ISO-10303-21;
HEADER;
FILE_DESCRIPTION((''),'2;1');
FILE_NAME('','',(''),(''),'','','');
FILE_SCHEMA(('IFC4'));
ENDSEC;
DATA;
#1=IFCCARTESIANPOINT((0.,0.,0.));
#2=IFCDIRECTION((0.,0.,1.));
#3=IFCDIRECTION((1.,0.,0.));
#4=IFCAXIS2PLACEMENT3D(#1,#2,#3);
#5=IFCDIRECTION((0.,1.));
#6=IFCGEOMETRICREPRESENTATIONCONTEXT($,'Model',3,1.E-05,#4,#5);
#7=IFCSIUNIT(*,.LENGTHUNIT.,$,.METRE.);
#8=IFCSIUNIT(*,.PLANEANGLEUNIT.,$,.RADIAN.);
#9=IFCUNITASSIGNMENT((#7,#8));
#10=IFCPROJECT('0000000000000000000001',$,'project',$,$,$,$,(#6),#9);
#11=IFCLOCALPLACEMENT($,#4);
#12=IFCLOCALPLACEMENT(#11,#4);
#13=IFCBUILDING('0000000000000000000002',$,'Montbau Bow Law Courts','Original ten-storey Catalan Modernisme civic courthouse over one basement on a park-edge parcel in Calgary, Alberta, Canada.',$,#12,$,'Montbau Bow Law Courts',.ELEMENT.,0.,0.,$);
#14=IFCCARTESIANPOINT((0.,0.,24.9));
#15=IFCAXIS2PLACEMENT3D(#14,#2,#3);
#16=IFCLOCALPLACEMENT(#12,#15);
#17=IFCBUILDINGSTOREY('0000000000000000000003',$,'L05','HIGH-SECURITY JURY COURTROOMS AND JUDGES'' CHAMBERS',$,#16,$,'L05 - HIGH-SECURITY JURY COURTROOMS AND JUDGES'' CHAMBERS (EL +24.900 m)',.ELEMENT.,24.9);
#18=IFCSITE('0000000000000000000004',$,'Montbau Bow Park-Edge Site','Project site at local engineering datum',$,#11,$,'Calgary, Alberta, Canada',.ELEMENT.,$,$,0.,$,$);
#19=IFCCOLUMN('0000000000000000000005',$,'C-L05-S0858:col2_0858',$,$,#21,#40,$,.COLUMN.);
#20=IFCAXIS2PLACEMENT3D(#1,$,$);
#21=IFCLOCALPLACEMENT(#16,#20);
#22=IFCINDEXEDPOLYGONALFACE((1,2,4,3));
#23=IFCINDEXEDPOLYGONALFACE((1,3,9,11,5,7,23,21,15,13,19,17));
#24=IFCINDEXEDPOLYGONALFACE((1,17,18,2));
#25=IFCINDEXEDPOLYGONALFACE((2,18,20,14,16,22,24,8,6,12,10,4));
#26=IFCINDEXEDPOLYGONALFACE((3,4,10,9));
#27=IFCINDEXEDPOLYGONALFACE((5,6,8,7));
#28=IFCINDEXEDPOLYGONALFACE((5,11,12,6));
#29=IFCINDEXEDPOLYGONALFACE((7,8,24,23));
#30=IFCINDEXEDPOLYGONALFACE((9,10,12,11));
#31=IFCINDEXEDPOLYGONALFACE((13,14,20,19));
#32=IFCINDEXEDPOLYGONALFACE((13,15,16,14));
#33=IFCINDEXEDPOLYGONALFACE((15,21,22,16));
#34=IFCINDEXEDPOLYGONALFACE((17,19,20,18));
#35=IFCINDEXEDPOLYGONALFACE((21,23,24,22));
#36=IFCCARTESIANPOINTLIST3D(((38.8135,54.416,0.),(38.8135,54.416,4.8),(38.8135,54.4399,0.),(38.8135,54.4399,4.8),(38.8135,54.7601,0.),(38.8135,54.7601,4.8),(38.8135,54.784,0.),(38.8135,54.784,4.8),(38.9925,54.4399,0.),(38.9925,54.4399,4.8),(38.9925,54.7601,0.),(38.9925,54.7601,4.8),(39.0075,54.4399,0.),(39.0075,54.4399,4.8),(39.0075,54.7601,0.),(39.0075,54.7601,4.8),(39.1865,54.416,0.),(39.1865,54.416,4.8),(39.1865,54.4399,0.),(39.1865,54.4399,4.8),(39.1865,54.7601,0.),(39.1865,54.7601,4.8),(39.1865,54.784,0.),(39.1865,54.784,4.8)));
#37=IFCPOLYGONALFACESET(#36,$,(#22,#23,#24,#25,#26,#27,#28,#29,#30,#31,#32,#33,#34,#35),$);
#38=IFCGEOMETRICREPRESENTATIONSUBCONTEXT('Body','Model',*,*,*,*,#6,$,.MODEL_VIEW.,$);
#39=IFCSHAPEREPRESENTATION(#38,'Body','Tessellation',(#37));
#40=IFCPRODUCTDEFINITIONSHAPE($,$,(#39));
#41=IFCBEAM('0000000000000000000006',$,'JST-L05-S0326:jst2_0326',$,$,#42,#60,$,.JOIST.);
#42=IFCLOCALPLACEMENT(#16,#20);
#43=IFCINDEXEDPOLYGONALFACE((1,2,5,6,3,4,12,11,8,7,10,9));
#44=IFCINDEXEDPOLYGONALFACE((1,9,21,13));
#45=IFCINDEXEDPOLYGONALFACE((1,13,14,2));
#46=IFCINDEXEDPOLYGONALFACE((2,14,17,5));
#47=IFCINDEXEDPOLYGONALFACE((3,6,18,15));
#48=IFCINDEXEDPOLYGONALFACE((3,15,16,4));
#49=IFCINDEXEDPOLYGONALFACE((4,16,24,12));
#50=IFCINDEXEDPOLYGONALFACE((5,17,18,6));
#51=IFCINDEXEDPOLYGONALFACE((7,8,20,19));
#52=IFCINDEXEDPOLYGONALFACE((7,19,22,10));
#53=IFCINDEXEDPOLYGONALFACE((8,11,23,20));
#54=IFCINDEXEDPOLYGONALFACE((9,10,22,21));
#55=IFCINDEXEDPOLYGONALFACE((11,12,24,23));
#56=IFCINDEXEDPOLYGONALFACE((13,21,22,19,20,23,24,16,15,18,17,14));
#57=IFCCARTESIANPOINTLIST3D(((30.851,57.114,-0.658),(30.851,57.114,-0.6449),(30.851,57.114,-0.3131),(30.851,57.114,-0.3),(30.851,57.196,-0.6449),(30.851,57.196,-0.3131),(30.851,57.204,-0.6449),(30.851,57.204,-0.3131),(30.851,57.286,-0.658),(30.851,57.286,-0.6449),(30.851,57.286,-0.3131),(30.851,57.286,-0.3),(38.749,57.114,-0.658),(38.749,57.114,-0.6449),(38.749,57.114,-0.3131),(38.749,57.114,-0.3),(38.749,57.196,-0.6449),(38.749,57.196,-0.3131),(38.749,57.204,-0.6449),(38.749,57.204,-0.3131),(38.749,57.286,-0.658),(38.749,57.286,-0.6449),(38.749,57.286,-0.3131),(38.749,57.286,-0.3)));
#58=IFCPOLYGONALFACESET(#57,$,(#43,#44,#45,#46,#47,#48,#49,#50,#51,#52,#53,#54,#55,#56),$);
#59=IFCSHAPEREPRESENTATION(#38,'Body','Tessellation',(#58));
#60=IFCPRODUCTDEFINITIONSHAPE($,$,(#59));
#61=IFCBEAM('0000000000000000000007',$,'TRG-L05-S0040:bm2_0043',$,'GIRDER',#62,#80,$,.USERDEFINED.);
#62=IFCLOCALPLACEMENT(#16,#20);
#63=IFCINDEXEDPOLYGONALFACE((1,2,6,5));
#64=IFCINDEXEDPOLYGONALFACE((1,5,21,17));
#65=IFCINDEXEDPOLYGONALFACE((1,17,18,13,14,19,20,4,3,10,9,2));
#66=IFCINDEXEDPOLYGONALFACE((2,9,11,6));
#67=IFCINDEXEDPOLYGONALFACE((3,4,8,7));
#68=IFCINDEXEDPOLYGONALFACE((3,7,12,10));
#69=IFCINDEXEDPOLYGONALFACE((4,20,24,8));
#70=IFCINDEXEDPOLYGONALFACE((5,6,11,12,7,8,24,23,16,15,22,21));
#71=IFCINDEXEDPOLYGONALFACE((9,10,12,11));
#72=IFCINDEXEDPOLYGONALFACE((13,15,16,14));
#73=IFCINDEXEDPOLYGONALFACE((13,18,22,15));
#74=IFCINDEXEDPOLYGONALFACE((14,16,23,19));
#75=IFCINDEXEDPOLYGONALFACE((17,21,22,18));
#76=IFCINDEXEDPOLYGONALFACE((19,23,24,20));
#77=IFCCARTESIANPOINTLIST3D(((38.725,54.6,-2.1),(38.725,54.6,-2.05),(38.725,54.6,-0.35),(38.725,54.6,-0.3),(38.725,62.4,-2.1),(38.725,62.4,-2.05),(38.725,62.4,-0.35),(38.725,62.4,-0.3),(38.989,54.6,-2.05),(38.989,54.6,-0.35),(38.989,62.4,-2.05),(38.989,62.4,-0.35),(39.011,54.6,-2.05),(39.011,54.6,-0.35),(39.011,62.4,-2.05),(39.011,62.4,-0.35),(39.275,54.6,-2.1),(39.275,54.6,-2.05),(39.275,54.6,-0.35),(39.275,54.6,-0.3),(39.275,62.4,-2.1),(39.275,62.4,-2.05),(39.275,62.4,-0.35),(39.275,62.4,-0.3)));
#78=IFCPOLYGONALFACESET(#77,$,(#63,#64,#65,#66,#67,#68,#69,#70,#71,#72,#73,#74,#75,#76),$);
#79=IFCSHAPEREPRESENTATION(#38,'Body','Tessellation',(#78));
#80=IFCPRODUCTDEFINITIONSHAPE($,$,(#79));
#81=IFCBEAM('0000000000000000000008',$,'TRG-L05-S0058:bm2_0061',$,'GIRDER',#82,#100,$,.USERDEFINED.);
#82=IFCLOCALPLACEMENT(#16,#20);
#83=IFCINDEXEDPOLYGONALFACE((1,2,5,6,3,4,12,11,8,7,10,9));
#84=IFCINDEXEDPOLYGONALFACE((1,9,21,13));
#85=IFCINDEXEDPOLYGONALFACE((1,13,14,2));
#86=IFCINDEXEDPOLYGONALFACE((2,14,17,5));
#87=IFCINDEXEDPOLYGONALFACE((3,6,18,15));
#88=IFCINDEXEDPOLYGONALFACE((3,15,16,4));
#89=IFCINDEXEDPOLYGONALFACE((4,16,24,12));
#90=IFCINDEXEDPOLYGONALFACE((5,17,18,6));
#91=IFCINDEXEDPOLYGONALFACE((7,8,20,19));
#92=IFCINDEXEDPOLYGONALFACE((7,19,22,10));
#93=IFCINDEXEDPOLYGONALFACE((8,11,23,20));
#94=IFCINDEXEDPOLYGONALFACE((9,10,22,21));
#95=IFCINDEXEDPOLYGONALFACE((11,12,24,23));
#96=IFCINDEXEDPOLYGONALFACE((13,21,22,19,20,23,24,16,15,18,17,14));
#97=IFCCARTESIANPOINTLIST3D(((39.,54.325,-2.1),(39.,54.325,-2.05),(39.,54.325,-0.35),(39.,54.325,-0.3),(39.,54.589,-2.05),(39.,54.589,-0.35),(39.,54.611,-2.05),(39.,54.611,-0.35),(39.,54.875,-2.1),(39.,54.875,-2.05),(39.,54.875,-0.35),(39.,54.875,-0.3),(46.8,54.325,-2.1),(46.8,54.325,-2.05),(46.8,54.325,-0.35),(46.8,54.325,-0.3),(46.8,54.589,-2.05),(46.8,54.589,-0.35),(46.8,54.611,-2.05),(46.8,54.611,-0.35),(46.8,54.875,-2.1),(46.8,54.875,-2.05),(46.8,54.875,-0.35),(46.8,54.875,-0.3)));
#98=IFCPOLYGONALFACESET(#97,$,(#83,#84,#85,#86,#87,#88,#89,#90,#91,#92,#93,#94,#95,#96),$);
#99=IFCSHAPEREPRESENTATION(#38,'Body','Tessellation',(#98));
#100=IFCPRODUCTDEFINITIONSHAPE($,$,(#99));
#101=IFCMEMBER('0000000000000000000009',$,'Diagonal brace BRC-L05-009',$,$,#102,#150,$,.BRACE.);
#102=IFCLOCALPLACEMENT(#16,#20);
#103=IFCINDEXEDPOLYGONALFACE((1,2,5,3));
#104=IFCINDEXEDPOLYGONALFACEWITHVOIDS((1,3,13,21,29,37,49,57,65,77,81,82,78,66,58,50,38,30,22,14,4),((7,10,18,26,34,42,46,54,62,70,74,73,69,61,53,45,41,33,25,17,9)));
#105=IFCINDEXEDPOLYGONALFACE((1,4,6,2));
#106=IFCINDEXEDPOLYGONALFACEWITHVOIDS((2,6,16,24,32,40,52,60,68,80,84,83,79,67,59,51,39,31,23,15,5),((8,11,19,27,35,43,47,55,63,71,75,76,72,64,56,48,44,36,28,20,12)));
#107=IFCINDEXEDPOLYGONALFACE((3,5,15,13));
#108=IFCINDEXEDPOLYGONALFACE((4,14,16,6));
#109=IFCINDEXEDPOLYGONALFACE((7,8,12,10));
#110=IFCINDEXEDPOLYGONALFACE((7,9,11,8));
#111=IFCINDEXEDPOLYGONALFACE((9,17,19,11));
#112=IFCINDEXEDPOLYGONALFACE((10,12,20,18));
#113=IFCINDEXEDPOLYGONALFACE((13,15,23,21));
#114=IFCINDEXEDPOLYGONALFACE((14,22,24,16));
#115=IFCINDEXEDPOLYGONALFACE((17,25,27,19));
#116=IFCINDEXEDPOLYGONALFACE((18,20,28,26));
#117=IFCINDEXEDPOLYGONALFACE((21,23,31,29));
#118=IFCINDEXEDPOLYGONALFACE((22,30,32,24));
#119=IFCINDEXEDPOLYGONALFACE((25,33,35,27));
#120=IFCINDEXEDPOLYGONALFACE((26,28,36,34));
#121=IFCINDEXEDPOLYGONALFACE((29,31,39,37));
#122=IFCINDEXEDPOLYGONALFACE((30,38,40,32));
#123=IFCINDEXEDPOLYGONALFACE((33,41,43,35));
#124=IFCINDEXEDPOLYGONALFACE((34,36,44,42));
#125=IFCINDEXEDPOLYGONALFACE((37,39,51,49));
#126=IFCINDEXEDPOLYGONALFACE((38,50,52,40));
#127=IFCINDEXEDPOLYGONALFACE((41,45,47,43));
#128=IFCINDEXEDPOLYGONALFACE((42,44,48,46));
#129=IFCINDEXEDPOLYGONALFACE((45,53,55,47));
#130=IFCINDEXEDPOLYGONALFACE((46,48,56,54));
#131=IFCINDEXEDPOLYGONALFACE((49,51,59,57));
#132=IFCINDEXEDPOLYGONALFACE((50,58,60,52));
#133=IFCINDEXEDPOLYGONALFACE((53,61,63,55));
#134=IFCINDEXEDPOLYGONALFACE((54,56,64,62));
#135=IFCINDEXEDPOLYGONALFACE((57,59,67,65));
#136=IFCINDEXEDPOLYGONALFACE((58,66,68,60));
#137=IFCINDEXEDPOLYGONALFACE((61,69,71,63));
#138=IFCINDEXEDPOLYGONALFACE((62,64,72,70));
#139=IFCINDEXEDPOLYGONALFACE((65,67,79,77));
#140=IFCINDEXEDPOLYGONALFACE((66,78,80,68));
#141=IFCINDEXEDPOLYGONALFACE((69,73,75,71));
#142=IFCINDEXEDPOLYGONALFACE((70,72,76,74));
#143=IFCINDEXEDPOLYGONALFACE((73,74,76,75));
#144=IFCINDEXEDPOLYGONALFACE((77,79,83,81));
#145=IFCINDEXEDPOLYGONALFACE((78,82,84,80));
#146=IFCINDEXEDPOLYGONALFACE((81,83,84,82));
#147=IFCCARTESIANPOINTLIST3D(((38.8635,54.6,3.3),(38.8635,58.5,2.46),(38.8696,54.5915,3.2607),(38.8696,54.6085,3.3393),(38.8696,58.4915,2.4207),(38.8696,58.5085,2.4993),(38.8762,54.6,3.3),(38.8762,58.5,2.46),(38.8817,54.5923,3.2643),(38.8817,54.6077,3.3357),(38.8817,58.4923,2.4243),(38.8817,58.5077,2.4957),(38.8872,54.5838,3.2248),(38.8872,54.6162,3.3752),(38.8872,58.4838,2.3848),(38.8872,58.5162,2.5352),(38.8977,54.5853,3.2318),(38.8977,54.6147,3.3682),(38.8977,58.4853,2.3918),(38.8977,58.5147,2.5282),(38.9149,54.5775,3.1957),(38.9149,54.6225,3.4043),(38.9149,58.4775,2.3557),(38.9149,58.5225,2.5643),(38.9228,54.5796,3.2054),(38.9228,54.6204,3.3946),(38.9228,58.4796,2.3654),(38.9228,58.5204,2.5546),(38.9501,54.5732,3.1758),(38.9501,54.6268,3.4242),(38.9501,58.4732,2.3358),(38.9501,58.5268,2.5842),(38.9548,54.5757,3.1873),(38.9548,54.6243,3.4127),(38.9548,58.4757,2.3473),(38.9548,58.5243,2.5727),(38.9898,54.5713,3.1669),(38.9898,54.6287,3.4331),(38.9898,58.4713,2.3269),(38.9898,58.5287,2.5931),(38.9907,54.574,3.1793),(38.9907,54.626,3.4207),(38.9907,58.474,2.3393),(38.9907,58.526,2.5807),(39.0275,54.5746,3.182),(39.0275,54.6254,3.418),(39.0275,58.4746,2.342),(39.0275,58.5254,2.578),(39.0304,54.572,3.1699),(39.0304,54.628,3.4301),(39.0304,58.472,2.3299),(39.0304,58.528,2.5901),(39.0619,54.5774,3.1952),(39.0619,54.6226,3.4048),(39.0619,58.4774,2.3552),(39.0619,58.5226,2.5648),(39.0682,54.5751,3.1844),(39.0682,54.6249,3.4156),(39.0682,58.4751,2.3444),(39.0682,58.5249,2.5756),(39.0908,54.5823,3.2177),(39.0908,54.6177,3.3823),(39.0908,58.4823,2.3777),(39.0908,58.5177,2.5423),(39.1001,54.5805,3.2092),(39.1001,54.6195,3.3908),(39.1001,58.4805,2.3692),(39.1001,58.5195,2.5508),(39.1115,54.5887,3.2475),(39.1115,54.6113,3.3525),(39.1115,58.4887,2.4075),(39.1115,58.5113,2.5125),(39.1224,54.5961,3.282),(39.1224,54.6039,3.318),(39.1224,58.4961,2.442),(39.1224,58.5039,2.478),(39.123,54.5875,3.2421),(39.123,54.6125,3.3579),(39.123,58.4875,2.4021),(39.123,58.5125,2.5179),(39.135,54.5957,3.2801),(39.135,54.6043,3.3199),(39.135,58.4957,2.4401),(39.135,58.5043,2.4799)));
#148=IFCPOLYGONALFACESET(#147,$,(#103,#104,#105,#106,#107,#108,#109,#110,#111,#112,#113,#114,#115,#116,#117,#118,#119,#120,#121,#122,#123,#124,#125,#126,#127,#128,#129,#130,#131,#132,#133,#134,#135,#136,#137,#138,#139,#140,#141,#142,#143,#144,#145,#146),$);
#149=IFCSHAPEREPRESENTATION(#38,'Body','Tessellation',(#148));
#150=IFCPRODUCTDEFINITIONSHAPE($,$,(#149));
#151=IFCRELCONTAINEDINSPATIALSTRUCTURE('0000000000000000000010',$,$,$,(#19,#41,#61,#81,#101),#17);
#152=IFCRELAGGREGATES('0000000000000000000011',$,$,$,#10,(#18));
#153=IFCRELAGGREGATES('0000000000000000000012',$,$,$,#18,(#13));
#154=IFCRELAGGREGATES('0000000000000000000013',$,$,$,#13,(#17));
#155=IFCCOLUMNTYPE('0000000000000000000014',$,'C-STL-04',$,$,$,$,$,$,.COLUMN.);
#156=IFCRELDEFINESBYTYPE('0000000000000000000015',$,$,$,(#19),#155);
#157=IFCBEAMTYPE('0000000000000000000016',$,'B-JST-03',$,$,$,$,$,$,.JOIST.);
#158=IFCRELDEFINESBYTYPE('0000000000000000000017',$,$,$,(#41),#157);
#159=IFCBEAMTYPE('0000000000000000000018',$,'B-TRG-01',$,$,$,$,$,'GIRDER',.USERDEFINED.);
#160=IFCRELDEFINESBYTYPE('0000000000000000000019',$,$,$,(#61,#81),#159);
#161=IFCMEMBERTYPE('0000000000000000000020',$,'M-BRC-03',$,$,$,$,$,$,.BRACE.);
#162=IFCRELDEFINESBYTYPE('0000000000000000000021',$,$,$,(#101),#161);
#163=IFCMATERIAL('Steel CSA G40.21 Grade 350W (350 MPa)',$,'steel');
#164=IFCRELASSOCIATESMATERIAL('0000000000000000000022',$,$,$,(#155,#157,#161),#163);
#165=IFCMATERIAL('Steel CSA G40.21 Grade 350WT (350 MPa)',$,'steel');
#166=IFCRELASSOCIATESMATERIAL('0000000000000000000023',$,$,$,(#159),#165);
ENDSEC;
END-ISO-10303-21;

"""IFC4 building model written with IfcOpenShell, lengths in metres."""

from ifc_helpers import new_model, si_unit, direction, frame, origin_with_axes, origin_2d_with_axis, place, context, subcontext, project, spatial, hollow_circle, i_section, extrude, material, material_profile, profile_set, type_object, element, save


model = new_model("IFC4")

# Units and contexts
model_context = context("Model", 3, precision=1e-05, world=origin_with_axes(), true_north=direction((0.0, 1.0)))
body_context = subcontext(model_context, "Body", "Model", "MODEL_VIEW")
ifc_project = project(units=[si_unit("LENGTHUNIT", "METRE"), si_unit("PLANEANGLEUNIT", "RADIAN")], contexts=[model_context])

# Site, building, storey
site_placement = place(None, origin_with_axes())
site = spatial("IfcSite", under=ifc_project, at=site_placement, Name="Montbau Bow Park-Edge Site", Description="Project site at local engineering datum", LongName="Calgary, Alberta, Canada", CompositionType="ELEMENT", RefElevation=0.0)
building_placement = place(site_placement, origin_with_axes())
building = spatial("IfcBuilding", under=site, at=building_placement, Name="Montbau Bow Law Courts", Description="Original ten-storey Catalan Modernisme civic courthouse over one basement on a park-edge parcel in Calgary, Alberta, Canada.", LongName="Montbau Bow Law Courts", CompositionType="ELEMENT", ElevationOfRefHeight=0.0, ElevationOfTerrain=0.0)
storey_placement = place(building_placement, frame((0.0, 0.0, 24.9), z_axis=(0.0, 0.0, 1.0), x_axis=(1.0, 0.0, 0.0)))
storey = spatial("IfcBuildingStorey", under=building, at=storey_placement, Name="L05", Description="HIGH-SECURITY JURY COURTROOMS AND JUDGES' CHAMBERS", LongName="L05 - HIGH-SECURITY JURY COURTROOMS AND JUDGES' CHAMBERS (EL +24.900 m)", CompositionType="ELEMENT", Elevation=24.9)

# Column
ifc_material_1 = material(Name="Steel CSA G40.21 Grade 350W (350 MPa)", Category="steel")
ifc_material_profile_1 = material_profile(ifc_material_1, i_section(OverallWidth=0.373, OverallDepth=0.368, WebThickness=0.015, FlangeThickness=0.0239, at=origin_2d_with_axis()), Name="W360X179", Category="Main", Priority=0)
ifc_profile_set_1 = profile_set([ifc_material_profile_1], Name="Steel CSA G40.21 Grade 350W (350 MPa)")
column_type = type_object("IfcColumnType", Name="C-STL-04", PredefinedType="COLUMN", material=ifc_profile_set_1)
column_placement = place(None, frame((39.0, 54.6, 24.9), z_axis=(0.0, 0.0, 1.0), x_axis=(1.0, 0.0, 0.0)))
element("IfcColumn", 1, at=column_placement, inside=storey, type_object=column_type, Name="C-L05-S0858:col2_0858", PredefinedType="COLUMN", context=body_context, shape_type="SweptSolid", body=[
    extrude(i_section(OverallWidth=0.373, OverallDepth=0.368, WebThickness=0.015, FlangeThickness=0.0239, at=origin_2d_with_axis()), origin_with_axes(), (0.0, 0.0, 1.0), 4.8),
])

# Beams
ifc_material_profile_2 = material_profile(ifc_material_1, i_section(OverallWidth=0.172, OverallDepth=0.358, WebThickness=0.0079, FlangeThickness=0.0131, at=origin_2d_with_axis()), Name="W360X57", Category="Main", Priority=0)
ifc_profile_set_2 = profile_set([ifc_material_profile_2], Name="Steel CSA G40.21 Grade 350W (350 MPa)")
beam_type_1 = type_object("IfcBeamType", Name="B-JST-03", PredefinedType="JOIST", material=ifc_profile_set_2)
beam_placement = place(None, frame((30.851, 57.2, 24.421), z_axis=(1.0, 0.0, 0.0), x_axis=(0.0, 1.0, 0.0)))
element("IfcBeam", 2, at=beam_placement, inside=storey, type_object=beam_type_1, Name="JST-L05-S0326:jst2_0326", PredefinedType="JOIST", context=body_context, shape_type="SweptSolid", body=[
    extrude(i_section(OverallWidth=0.172, OverallDepth=0.358, WebThickness=0.0079, FlangeThickness=0.0131, at=origin_2d_with_axis()), origin_with_axes(), (0.0, 0.0, 1.0), 7.898),
])
ifc_material_2 = material(Name="Steel CSA G40.21 Grade 350WT (350 MPa)", Category="steel")
ifc_material_profile_3 = material_profile(ifc_material_2, i_section(OverallWidth=0.55, OverallDepth=1.8, WebThickness=0.022, FlangeThickness=0.05, at=origin_2d_with_axis()), Name="WWF1800X550", Category="Main", Priority=0)
ifc_profile_set_3 = profile_set([ifc_material_profile_3], Name="Steel CSA G40.21 Grade 350WT (350 MPa)")
beam_type_2 = type_object("IfcBeamType", Name="B-TRG-01", ElementType="GIRDER", PredefinedType="USERDEFINED", material=ifc_profile_set_3)
for number, where, z_axis, x_axis, name in (
    (3, (39.0, 54.6, 23.7), (0.0, 1.0, 0.0), (-1.0, 0.0, 0.0), "TRG-L05-S0040:bm2_0043"),
    (4, (39.0, 54.6, 23.7), (1.0, 0.0, 0.0), (0.0, 1.0, 0.0), "TRG-L05-S0058:bm2_0061"),
):
    element("IfcBeam", number, at=place(None, frame(where, z_axis=z_axis, x_axis=x_axis)), inside=storey, type_object=beam_type_2, Name=name, ObjectType="GIRDER", PredefinedType="USERDEFINED", context=body_context, shape_type="SweptSolid", body=[
        extrude(i_section(OverallWidth=0.55, OverallDepth=1.8, WebThickness=0.022, FlangeThickness=0.05, at=origin_2d_with_axis()), origin_with_axes(), (0.0, 0.0, 1.0), 7.8),
    ])

# Member
ifc_material_profile_4 = material_profile(ifc_material_1, hollow_circle(Radius=0.1365, WallThickness=0.0127, at=origin_2d_with_axis()), Name="HSS273X13", Category="Main", Priority=0)
ifc_profile_set_4 = profile_set([ifc_material_profile_4], Name="Steel CSA G40.21 Grade 350W (350 MPa)")
member_type_1 = type_object("IfcMemberType", Name="M-BRC-03", PredefinedType="BRACE", material=ifc_profile_set_4)
for number, where, z_axis, x_axis, name in (
    (5, (39.0, 54.6, 28.2), (0.0, 0.977582, -0.210556), (-1.0, 0.0, 0.0), "Diagonal brace BRC-L05-009"),
):
    element("IfcMember", number, at=place(None, frame(where, z_axis=z_axis, x_axis=x_axis)), inside=storey, type_object=member_type_1, Name=name, PredefinedType="BRACE", context=body_context, shape_type="SweptSolid", body=[
        extrude(hollow_circle(Radius=0.1365, WallThickness=0.0127, at=origin_2d_with_axis()), origin_with_axes(), (0.0, 0.0, 1.0), 3.9894),
    ])

save(model, "model.ifc")
